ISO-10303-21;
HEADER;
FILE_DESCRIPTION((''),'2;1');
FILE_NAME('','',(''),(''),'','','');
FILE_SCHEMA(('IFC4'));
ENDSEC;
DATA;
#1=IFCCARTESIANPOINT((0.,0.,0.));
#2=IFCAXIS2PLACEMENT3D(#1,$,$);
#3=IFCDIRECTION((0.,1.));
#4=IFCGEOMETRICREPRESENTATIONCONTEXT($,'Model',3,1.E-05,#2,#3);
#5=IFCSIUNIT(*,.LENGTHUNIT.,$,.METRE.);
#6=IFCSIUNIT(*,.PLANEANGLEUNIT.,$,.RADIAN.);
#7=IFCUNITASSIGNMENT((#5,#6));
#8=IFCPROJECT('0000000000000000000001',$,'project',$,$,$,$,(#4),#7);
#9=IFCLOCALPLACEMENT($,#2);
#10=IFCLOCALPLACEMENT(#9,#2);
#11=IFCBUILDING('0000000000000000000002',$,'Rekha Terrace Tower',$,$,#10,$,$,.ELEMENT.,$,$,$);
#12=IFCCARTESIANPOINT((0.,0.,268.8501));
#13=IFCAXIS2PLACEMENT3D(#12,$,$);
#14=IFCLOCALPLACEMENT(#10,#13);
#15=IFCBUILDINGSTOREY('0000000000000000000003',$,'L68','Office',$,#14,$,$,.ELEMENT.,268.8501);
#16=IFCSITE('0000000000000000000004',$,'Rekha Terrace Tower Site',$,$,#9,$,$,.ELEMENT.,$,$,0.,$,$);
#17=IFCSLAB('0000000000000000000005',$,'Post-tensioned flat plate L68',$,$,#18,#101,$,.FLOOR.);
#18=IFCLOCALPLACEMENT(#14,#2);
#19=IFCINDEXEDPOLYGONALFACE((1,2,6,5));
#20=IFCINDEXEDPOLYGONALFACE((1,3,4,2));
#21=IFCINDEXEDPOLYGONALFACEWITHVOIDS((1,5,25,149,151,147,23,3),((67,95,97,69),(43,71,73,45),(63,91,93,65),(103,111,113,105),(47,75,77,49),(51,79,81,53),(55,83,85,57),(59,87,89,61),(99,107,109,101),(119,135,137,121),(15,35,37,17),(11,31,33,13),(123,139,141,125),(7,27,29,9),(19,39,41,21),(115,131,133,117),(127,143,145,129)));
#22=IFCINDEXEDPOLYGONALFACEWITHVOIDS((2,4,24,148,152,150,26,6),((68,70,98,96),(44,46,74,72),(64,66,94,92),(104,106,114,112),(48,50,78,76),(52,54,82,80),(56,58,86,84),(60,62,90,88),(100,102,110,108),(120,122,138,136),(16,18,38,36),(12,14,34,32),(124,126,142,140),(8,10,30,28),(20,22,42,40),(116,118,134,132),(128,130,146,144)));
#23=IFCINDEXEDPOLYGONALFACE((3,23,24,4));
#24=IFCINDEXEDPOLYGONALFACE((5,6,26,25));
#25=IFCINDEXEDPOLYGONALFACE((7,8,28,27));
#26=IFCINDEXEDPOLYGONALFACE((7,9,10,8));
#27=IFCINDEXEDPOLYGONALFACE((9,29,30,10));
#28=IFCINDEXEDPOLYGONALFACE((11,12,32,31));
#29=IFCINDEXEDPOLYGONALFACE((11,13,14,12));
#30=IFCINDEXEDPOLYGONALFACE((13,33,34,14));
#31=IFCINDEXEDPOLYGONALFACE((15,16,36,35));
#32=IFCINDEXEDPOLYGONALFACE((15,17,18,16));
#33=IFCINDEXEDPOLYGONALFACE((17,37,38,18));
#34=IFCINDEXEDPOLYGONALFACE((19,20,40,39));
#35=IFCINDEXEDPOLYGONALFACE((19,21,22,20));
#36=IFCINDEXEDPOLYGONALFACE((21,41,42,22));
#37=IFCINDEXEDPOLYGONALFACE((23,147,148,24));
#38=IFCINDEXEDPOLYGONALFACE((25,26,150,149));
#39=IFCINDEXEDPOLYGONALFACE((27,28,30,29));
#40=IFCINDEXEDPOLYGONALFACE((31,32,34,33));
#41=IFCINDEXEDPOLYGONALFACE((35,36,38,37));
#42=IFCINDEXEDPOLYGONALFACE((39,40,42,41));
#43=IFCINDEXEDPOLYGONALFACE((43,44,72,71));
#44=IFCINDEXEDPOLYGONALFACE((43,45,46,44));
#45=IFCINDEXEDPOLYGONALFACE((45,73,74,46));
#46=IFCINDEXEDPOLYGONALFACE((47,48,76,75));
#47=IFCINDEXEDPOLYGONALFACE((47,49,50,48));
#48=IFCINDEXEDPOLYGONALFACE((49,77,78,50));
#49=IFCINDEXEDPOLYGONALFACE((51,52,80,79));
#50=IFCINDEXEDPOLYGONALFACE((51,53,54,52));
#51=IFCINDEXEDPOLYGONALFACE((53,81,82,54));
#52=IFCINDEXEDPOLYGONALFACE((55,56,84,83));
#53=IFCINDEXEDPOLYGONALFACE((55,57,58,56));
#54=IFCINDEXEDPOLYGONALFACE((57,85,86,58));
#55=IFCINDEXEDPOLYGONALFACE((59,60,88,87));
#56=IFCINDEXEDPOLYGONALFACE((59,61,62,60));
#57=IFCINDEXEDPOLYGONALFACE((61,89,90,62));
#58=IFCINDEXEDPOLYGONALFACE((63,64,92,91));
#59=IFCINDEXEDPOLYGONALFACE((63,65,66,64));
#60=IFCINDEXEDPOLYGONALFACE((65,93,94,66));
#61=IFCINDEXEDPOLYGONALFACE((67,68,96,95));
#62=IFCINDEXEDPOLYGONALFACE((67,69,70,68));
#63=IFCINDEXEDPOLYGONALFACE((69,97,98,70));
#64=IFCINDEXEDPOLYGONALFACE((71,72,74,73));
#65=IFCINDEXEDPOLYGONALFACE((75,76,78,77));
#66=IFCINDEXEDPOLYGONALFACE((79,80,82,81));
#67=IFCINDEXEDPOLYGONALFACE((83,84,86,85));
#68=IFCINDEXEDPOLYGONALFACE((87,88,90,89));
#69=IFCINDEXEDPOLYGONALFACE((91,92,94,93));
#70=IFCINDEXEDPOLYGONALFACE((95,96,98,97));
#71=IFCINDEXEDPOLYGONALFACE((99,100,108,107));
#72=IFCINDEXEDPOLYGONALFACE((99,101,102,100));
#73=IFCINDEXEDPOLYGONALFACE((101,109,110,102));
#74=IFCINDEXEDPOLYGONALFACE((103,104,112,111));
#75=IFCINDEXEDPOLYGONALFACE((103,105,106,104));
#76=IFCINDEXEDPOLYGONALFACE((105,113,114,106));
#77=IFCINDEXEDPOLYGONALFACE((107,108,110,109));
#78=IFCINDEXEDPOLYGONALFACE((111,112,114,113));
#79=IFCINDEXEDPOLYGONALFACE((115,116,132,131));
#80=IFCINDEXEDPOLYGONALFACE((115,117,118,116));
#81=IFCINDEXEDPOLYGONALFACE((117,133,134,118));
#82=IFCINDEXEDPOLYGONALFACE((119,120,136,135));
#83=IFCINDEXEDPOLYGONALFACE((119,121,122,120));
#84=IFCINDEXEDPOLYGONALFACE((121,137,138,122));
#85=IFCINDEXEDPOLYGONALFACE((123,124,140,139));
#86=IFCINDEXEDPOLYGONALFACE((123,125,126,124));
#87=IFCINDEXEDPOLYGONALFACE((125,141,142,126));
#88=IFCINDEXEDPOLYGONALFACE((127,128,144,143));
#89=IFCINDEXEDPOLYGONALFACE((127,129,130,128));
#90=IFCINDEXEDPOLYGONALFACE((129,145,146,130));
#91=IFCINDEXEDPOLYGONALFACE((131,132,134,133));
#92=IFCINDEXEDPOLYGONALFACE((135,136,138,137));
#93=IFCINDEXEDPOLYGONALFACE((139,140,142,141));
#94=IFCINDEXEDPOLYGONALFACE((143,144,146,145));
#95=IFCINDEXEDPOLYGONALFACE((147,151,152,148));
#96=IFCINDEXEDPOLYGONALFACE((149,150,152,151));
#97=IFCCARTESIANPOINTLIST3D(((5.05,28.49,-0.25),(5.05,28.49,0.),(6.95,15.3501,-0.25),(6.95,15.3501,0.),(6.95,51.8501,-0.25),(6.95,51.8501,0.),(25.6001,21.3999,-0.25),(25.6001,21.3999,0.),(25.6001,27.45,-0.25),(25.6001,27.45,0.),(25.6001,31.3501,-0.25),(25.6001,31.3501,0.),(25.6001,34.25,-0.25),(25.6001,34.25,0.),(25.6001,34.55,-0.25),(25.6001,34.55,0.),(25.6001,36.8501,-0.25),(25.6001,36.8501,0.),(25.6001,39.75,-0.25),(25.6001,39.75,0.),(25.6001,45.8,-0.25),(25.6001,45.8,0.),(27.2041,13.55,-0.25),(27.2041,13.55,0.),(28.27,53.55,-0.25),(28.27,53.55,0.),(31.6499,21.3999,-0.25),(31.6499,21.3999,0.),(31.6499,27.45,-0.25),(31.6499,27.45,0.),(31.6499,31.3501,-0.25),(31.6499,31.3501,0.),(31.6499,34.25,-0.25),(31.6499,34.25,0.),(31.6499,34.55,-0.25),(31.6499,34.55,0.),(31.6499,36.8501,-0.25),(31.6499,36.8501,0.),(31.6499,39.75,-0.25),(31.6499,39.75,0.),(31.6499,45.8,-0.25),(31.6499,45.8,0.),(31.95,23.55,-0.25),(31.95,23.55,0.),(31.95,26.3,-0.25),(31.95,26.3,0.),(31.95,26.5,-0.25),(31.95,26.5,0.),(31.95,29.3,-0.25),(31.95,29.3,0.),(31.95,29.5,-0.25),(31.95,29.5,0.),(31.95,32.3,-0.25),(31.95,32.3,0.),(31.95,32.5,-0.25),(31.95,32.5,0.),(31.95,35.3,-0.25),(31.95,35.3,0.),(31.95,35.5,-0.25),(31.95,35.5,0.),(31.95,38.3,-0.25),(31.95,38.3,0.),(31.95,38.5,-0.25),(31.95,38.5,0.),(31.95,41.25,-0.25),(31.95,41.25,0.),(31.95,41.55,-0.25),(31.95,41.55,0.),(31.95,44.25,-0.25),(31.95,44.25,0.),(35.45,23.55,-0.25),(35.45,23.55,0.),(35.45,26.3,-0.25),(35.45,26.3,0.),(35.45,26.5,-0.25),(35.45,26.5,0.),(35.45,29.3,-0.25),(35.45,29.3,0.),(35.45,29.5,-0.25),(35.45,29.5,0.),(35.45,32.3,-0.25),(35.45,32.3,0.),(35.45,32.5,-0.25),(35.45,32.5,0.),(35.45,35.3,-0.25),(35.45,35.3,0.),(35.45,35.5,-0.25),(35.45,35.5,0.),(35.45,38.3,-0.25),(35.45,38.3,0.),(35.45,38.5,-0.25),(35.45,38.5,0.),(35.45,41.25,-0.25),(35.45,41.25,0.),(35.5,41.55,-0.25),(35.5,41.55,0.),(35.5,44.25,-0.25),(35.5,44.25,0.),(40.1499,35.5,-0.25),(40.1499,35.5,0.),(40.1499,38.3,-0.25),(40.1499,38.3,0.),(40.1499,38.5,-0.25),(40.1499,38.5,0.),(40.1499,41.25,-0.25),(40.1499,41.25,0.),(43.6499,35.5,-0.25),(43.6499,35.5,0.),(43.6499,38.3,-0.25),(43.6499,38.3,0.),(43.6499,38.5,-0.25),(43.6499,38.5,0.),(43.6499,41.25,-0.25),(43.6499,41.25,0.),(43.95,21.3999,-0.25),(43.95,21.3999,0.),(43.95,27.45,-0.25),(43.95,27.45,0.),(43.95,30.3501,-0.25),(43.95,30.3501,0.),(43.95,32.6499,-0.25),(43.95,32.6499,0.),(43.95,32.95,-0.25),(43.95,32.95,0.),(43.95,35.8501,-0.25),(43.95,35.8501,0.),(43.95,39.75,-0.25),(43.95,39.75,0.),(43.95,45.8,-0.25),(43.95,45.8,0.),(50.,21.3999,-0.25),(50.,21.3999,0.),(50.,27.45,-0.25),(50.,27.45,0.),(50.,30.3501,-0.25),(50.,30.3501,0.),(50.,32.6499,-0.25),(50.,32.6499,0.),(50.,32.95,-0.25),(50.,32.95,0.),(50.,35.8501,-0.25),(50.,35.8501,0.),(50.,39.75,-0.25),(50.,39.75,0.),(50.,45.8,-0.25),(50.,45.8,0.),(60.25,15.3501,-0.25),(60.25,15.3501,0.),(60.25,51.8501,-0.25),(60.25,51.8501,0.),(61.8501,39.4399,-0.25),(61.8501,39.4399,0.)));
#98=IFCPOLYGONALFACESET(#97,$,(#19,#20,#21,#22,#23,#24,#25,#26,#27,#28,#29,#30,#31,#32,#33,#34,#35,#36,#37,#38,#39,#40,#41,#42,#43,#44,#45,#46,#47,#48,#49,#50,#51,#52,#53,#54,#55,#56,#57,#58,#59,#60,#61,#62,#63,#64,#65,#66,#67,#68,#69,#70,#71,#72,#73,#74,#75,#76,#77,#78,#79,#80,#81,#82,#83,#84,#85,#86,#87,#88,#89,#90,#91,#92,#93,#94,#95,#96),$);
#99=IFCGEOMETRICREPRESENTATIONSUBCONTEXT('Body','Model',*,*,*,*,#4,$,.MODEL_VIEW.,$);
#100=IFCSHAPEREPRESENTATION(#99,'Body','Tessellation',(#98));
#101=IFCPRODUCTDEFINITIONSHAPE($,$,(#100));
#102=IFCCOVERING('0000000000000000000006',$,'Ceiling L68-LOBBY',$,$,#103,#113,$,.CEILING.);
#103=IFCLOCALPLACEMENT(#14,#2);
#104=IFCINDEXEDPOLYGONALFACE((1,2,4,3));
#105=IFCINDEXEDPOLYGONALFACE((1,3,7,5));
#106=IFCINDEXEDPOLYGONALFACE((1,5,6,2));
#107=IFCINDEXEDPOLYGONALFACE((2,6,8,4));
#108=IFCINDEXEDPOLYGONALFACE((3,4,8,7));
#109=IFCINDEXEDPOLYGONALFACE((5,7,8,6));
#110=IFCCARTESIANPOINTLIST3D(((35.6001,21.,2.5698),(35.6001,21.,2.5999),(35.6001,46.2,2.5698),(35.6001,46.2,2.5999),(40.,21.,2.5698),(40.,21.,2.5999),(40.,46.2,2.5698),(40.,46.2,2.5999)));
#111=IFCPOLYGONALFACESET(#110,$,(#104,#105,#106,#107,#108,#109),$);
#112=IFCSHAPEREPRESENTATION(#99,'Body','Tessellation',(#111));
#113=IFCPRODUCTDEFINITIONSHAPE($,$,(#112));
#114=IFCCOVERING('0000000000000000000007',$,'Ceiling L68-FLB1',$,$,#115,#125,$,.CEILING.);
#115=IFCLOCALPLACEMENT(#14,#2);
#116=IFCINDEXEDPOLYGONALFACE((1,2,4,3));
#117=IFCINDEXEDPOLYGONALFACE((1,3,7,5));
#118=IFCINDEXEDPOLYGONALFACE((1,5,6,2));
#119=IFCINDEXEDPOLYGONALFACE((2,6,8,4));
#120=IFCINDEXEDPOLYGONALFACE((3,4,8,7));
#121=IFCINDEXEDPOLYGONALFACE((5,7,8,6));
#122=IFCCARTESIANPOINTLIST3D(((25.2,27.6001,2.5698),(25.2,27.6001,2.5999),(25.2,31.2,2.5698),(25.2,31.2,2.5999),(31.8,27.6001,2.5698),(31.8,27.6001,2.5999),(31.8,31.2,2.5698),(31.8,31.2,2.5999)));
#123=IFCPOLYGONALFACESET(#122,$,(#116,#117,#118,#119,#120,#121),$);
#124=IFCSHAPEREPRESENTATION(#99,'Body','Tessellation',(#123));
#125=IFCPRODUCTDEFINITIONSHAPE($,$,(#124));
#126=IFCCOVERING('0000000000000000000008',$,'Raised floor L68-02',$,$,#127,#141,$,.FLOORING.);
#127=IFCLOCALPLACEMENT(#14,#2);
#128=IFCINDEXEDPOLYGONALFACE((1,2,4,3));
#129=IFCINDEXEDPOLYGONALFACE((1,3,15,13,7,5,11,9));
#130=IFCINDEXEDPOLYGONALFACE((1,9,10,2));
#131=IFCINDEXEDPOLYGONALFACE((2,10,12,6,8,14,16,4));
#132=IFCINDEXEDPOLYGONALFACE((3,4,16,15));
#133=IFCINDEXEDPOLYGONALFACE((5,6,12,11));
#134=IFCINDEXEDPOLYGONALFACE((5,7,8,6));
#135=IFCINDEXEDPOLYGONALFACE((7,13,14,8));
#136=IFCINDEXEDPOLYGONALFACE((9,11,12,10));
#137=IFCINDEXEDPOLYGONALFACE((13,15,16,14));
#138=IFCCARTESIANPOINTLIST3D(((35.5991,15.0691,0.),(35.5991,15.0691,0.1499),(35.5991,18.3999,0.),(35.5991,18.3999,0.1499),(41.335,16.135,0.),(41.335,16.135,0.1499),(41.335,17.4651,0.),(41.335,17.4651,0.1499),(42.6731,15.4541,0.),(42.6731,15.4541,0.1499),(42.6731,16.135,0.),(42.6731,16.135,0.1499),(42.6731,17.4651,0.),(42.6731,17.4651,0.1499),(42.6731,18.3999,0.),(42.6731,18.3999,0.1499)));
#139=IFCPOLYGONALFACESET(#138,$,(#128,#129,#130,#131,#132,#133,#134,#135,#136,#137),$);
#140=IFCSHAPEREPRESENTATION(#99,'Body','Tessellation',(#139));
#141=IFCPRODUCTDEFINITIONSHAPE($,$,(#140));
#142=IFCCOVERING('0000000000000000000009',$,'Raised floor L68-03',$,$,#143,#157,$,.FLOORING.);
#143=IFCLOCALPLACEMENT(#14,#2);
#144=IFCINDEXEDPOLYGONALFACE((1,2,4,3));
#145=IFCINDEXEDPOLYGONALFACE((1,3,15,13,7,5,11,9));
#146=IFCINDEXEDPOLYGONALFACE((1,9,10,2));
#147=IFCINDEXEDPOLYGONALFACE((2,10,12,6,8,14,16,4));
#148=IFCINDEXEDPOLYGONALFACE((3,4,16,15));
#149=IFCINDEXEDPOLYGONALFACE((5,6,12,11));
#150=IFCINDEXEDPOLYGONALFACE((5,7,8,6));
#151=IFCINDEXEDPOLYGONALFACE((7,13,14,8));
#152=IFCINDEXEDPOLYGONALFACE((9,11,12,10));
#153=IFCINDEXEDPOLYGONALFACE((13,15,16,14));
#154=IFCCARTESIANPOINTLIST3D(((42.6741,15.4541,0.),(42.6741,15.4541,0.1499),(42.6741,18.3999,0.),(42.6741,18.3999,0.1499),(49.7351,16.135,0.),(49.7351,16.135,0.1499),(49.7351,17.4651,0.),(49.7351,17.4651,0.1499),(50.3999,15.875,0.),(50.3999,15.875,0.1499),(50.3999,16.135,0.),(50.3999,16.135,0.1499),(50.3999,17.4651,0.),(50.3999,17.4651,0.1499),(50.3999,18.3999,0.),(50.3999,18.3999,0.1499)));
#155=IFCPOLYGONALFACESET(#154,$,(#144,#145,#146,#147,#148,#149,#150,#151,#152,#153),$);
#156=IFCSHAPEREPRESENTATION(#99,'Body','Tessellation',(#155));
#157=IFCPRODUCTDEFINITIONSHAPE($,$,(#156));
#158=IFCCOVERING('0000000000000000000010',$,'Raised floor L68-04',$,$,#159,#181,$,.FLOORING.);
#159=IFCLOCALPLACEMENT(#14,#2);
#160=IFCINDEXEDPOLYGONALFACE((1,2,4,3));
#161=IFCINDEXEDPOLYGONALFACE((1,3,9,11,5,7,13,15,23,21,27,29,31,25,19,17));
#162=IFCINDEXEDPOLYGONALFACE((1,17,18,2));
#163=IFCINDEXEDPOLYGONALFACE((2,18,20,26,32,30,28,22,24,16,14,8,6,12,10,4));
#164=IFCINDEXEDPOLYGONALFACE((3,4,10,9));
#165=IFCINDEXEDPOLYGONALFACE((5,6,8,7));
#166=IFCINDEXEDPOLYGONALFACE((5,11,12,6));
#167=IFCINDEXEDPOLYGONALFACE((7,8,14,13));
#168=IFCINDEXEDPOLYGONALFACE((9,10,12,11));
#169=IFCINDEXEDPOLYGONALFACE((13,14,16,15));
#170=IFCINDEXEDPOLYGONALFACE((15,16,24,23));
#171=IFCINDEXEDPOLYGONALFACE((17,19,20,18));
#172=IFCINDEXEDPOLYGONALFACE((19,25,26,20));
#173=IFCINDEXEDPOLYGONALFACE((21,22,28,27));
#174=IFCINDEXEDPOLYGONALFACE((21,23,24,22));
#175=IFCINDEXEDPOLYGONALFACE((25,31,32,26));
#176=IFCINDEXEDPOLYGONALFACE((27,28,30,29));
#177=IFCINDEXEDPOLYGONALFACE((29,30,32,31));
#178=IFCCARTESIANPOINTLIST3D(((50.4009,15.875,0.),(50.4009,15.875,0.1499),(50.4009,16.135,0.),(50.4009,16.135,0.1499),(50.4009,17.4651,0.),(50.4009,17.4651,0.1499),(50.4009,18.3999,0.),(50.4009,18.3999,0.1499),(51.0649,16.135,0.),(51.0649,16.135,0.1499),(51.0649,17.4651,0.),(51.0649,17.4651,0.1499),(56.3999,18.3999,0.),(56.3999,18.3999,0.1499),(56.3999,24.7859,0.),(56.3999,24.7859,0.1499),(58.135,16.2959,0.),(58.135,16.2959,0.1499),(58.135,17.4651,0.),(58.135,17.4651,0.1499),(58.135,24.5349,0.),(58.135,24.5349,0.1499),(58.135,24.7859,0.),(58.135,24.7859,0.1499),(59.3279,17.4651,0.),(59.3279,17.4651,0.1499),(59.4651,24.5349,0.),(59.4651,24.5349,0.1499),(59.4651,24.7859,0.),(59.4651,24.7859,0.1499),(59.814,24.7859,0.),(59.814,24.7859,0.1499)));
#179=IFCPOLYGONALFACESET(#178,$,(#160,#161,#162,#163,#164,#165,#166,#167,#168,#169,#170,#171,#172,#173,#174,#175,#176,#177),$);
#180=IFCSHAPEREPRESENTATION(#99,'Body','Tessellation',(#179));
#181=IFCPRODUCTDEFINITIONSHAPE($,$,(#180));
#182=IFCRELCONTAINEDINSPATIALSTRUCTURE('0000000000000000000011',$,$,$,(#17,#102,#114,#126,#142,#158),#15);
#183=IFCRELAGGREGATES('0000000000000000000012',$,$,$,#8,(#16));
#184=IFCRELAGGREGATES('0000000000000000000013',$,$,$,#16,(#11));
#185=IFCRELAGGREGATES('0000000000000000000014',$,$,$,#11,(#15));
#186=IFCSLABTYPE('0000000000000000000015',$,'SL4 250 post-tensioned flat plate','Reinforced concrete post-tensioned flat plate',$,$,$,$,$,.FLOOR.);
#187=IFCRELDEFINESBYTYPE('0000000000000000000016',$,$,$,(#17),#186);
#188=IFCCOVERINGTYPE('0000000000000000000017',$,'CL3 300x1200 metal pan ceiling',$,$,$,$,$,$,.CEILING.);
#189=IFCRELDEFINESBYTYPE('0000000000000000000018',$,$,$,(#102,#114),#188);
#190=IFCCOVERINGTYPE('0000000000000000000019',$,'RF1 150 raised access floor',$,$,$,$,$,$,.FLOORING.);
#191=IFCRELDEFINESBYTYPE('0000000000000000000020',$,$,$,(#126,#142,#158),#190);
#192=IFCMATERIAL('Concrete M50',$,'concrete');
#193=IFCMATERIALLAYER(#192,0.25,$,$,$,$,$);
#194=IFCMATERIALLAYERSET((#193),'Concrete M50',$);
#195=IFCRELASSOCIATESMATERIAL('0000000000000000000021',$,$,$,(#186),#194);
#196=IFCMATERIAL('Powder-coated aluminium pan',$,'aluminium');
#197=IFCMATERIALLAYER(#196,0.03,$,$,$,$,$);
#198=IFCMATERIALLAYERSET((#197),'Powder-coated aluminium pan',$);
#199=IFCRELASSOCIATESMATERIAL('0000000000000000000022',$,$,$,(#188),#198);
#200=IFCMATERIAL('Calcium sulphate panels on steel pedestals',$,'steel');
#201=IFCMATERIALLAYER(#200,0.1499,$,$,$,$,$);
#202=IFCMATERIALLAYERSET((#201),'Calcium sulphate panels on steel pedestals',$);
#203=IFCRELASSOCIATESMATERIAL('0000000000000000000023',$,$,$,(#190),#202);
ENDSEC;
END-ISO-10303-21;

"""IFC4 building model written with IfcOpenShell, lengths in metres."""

from ifc_helpers import new_model, si_unit, direction, frame, origin, place, context, subcontext, project, spatial, polyline, outline, extrude, material, layer, layer_set, type_object, element, save


model = new_model("IFC4")

# Units and contexts
model_context = context("Model", 3, precision=1e-05, world=origin(), true_north=direction((0.0, 1.0)))
body_context = subcontext(model_context, "Body", "Model", "MODEL_VIEW")
ifc_project = project(units=[si_unit("LENGTHUNIT", "METRE"), si_unit("PLANEANGLEUNIT", "RADIAN")], contexts=[model_context])

# Site, building, storey
site_placement = place(None, origin())
site = spatial("IfcSite", under=ifc_project, at=site_placement, Name="Rekha Terrace Tower Site", CompositionType="ELEMENT", RefElevation=0.0)
building_placement = place(site_placement, origin())
building = spatial("IfcBuilding", under=site, at=building_placement, Name="Rekha Terrace Tower", CompositionType="ELEMENT")
storey_placement = place(building_placement, frame((0.0, 0.0, 268.8501)))
storey = spatial("IfcBuildingStorey", under=building, at=storey_placement, Name="L68", Description="Office", CompositionType="ELEMENT", Elevation=268.8501)

# Slab
ifc_material_1 = material(Name="Concrete M50", Category="concrete")
ifc_layer_1 = layer(ifc_material_1, 0.25)
ifc_layer_set_1 = layer_set([ifc_layer_1], Name="Concrete M50")
slab_type_1 = type_object("IfcSlabType", Name="SL4 250 post-tensioned flat plate", Description="Reinforced concrete post-tensioned flat plate", PredefinedType="FLOOR", material=ifc_layer_set_1)
slab_1_placement = place(storey_placement, frame((0.0, 0.0, -0.25)))
element("IfcSlab", 1, at=slab_1_placement, inside=storey, type_object=slab_type_1, Name="Post-tensioned flat plate L68", PredefinedType="FLOOR", context=body_context, shape_type="SweptSolid", body=[
    extrude(outline(polyline([(5.05, 28.49), (6.95, 15.3501), (27.2041, 13.55), (60.25, 15.3501), (61.8501, 39.4399), (60.25, 51.8501), (28.27, 53.55), (6.95, 51.8501), (5.05, 28.49)]), holes=[polyline([(31.6499, 27.45), (31.6499, 21.3999), (25.6001, 21.3999), (25.6001, 27.45), (31.6499, 27.45)]), polyline([(35.45, 26.3), (35.45, 23.55), (31.95, 23.55), (31.95, 26.3), (35.45, 26.3)]), polyline([(35.45, 29.3), (35.45, 26.5), (31.95, 26.5), (31.95, 29.3), (35.45, 29.3)]), polyline([(35.45, 32.3), (35.45, 29.5), (31.95, 29.5), (31.95, 32.3), (35.45, 32.3)]), polyline([(31.6499, 34.25), (31.6499, 31.3501), (25.6001, 31.3501), (25.6001, 34.25), (31.6499, 34.25)]), polyline([(35.45, 35.3), (35.45, 32.5), (31.95, 32.5), (31.95, 35.3), (35.45, 35.3)]), polyline([(31.6499, 36.8501), (31.6499, 34.55), (25.6001, 34.55), (25.6001, 36.8501), (31.6499, 36.8501)]), polyline([(35.45, 38.3), (35.45, 35.5), (31.95, 35.5), (31.95, 38.3), (35.45, 38.3)]), polyline([(31.6499, 45.8), (31.6499, 39.75), (25.6001, 39.75), (25.6001, 45.8), (31.6499, 45.8)]), polyline([(50.0, 27.45), (50.0, 21.3999), (43.95, 21.3999), (43.95, 27.45), (50.0, 27.45)]), polyline([(50.0, 32.6499), (50.0, 30.3501), (43.95, 30.3501), (43.95, 32.6499), (50.0, 32.6499)]), polyline([(50.0, 35.8501), (50.0, 32.95), (43.95, 32.95), (43.95, 35.8501), (50.0, 35.8501)]), polyline([(43.6499, 38.3), (43.6499, 35.5), (40.1499, 35.5), (40.1499, 38.3), (43.6499, 38.3)]), polyline([(35.45, 41.25), (35.45, 38.5), (31.95, 38.5), (31.95, 41.25), (35.45, 41.25)]), polyline([(43.6499, 41.25), (43.6499, 38.5), (40.1499, 38.5), (40.1499, 41.25), (43.6499, 41.25)]), polyline([(50.0, 39.75), (43.95, 39.75), (43.95, 45.8), (50.0, 45.8), (50.0, 39.75)]), polyline([(35.5, 41.55), (31.95, 41.55), (31.95, 44.25), (35.5, 44.25), (35.5, 41.55)])]), origin(), (0.0, 0.0, 1.0), 0.25),
])

# Coverings
ifc_material_2 = material(Name="Powder-coated aluminium pan", Category="aluminium")
ifc_layer_2 = layer(ifc_material_2, 0.03)
ifc_layer_set_2 = layer_set([ifc_layer_2], Name="Powder-coated aluminium pan")
covering_type_1 = type_object("IfcCoveringType", Name="CL3 300x1200 metal pan ceiling", PredefinedType="CEILING", material=ifc_layer_set_2)
covering_1_placement = place(storey_placement, frame((0.0, 0.0, 2.5698)))
element("IfcCovering", 2, at=covering_1_placement, inside=storey, type_object=covering_type_1, Name="Ceiling L68-LOBBY", PredefinedType="CEILING", context=body_context, shape_type="SweptSolid", body=[
    extrude(outline(polyline([(40.0, 46.2), (35.6001, 46.2), (35.6001, 21.0), (40.0, 21.0), (40.0, 46.2)])), origin(), (0.0, 0.0, 1.0), 0.03),
])
covering_2_placement = place(storey_placement, frame((0.0, 0.0, 2.5698)))
element("IfcCovering", 3, at=covering_2_placement, inside=storey, type_object=covering_type_1, Name="Ceiling L68-FLB1", PredefinedType="CEILING", context=body_context, shape_type="SweptSolid", body=[
    extrude(outline(polyline([(31.8, 31.2), (25.2, 31.2), (25.2, 27.6001), (31.8, 27.6001), (31.8, 31.2)])), origin(), (0.0, 0.0, 1.0), 0.03),
])
ifc_material_3 = material(Name="Calcium sulphate panels on steel pedestals", Category="steel")
ifc_layer_3 = layer(ifc_material_3, 0.1499)
ifc_layer_set_3 = layer_set([ifc_layer_3], Name="Calcium sulphate panels on steel pedestals")
covering_type_2 = type_object("IfcCoveringType", Name="RF1 150 raised access floor", PredefinedType="FLOORING", material=ifc_layer_set_3)
covering_3_placement = place(storey_placement, origin())
element("IfcCovering", 4, at=covering_3_placement, inside=storey, type_object=covering_type_2, Name="Raised floor L68-02", PredefinedType="FLOORING", context=body_context, shape_type="SweptSolid", body=[
    extrude(outline(polyline([(35.5991, 18.3999), (35.5991, 15.0691), (42.6731, 15.4541), (42.6731, 16.135), (41.335, 16.135), (41.335, 17.4651), (42.6731, 17.4651), (42.6731, 18.3999), (35.5991, 18.3999)])), origin(), (0.0, 0.0, 1.0), 0.1499),
])
covering_4_placement = place(storey_placement, origin())
element("IfcCovering", 5, at=covering_4_placement, inside=storey, type_object=covering_type_2, Name="Raised floor L68-03", PredefinedType="FLOORING", context=body_context, shape_type="SweptSolid", body=[
    extrude(outline(polyline([(42.6741, 18.3999), (42.6741, 15.4541), (50.3999, 15.875), (50.3999, 16.135), (49.7351, 16.135), (49.7351, 17.4651), (50.3999, 17.4651), (50.3999, 18.3999), (42.6741, 18.3999)])), origin(), (0.0, 0.0, 1.0), 0.1499),
])
covering_5_placement = place(storey_placement, origin())
element("IfcCovering", 6, at=covering_5_placement, inside=storey, type_object=covering_type_2, Name="Raised floor L68-04", PredefinedType="FLOORING", context=body_context, shape_type="SweptSolid", body=[
    extrude(outline(polyline([(58.135, 24.5349), (58.135, 24.7859), (56.3999, 24.7859), (56.3999, 18.3999), (50.4009, 18.3999), (50.4009, 17.4651), (51.0649, 17.4651), (51.0649, 16.135), (50.4009, 16.135), (50.4009, 15.875), (58.135, 16.2959), (58.135, 17.4651), (59.3279, 17.4651), (59.814, 24.7859), (59.4651, 24.7859), (59.4651, 24.5349), (58.135, 24.5349)])), origin(), (0.0, 0.0, 1.0), 0.1499),
])

save(model, "model.ifc")
